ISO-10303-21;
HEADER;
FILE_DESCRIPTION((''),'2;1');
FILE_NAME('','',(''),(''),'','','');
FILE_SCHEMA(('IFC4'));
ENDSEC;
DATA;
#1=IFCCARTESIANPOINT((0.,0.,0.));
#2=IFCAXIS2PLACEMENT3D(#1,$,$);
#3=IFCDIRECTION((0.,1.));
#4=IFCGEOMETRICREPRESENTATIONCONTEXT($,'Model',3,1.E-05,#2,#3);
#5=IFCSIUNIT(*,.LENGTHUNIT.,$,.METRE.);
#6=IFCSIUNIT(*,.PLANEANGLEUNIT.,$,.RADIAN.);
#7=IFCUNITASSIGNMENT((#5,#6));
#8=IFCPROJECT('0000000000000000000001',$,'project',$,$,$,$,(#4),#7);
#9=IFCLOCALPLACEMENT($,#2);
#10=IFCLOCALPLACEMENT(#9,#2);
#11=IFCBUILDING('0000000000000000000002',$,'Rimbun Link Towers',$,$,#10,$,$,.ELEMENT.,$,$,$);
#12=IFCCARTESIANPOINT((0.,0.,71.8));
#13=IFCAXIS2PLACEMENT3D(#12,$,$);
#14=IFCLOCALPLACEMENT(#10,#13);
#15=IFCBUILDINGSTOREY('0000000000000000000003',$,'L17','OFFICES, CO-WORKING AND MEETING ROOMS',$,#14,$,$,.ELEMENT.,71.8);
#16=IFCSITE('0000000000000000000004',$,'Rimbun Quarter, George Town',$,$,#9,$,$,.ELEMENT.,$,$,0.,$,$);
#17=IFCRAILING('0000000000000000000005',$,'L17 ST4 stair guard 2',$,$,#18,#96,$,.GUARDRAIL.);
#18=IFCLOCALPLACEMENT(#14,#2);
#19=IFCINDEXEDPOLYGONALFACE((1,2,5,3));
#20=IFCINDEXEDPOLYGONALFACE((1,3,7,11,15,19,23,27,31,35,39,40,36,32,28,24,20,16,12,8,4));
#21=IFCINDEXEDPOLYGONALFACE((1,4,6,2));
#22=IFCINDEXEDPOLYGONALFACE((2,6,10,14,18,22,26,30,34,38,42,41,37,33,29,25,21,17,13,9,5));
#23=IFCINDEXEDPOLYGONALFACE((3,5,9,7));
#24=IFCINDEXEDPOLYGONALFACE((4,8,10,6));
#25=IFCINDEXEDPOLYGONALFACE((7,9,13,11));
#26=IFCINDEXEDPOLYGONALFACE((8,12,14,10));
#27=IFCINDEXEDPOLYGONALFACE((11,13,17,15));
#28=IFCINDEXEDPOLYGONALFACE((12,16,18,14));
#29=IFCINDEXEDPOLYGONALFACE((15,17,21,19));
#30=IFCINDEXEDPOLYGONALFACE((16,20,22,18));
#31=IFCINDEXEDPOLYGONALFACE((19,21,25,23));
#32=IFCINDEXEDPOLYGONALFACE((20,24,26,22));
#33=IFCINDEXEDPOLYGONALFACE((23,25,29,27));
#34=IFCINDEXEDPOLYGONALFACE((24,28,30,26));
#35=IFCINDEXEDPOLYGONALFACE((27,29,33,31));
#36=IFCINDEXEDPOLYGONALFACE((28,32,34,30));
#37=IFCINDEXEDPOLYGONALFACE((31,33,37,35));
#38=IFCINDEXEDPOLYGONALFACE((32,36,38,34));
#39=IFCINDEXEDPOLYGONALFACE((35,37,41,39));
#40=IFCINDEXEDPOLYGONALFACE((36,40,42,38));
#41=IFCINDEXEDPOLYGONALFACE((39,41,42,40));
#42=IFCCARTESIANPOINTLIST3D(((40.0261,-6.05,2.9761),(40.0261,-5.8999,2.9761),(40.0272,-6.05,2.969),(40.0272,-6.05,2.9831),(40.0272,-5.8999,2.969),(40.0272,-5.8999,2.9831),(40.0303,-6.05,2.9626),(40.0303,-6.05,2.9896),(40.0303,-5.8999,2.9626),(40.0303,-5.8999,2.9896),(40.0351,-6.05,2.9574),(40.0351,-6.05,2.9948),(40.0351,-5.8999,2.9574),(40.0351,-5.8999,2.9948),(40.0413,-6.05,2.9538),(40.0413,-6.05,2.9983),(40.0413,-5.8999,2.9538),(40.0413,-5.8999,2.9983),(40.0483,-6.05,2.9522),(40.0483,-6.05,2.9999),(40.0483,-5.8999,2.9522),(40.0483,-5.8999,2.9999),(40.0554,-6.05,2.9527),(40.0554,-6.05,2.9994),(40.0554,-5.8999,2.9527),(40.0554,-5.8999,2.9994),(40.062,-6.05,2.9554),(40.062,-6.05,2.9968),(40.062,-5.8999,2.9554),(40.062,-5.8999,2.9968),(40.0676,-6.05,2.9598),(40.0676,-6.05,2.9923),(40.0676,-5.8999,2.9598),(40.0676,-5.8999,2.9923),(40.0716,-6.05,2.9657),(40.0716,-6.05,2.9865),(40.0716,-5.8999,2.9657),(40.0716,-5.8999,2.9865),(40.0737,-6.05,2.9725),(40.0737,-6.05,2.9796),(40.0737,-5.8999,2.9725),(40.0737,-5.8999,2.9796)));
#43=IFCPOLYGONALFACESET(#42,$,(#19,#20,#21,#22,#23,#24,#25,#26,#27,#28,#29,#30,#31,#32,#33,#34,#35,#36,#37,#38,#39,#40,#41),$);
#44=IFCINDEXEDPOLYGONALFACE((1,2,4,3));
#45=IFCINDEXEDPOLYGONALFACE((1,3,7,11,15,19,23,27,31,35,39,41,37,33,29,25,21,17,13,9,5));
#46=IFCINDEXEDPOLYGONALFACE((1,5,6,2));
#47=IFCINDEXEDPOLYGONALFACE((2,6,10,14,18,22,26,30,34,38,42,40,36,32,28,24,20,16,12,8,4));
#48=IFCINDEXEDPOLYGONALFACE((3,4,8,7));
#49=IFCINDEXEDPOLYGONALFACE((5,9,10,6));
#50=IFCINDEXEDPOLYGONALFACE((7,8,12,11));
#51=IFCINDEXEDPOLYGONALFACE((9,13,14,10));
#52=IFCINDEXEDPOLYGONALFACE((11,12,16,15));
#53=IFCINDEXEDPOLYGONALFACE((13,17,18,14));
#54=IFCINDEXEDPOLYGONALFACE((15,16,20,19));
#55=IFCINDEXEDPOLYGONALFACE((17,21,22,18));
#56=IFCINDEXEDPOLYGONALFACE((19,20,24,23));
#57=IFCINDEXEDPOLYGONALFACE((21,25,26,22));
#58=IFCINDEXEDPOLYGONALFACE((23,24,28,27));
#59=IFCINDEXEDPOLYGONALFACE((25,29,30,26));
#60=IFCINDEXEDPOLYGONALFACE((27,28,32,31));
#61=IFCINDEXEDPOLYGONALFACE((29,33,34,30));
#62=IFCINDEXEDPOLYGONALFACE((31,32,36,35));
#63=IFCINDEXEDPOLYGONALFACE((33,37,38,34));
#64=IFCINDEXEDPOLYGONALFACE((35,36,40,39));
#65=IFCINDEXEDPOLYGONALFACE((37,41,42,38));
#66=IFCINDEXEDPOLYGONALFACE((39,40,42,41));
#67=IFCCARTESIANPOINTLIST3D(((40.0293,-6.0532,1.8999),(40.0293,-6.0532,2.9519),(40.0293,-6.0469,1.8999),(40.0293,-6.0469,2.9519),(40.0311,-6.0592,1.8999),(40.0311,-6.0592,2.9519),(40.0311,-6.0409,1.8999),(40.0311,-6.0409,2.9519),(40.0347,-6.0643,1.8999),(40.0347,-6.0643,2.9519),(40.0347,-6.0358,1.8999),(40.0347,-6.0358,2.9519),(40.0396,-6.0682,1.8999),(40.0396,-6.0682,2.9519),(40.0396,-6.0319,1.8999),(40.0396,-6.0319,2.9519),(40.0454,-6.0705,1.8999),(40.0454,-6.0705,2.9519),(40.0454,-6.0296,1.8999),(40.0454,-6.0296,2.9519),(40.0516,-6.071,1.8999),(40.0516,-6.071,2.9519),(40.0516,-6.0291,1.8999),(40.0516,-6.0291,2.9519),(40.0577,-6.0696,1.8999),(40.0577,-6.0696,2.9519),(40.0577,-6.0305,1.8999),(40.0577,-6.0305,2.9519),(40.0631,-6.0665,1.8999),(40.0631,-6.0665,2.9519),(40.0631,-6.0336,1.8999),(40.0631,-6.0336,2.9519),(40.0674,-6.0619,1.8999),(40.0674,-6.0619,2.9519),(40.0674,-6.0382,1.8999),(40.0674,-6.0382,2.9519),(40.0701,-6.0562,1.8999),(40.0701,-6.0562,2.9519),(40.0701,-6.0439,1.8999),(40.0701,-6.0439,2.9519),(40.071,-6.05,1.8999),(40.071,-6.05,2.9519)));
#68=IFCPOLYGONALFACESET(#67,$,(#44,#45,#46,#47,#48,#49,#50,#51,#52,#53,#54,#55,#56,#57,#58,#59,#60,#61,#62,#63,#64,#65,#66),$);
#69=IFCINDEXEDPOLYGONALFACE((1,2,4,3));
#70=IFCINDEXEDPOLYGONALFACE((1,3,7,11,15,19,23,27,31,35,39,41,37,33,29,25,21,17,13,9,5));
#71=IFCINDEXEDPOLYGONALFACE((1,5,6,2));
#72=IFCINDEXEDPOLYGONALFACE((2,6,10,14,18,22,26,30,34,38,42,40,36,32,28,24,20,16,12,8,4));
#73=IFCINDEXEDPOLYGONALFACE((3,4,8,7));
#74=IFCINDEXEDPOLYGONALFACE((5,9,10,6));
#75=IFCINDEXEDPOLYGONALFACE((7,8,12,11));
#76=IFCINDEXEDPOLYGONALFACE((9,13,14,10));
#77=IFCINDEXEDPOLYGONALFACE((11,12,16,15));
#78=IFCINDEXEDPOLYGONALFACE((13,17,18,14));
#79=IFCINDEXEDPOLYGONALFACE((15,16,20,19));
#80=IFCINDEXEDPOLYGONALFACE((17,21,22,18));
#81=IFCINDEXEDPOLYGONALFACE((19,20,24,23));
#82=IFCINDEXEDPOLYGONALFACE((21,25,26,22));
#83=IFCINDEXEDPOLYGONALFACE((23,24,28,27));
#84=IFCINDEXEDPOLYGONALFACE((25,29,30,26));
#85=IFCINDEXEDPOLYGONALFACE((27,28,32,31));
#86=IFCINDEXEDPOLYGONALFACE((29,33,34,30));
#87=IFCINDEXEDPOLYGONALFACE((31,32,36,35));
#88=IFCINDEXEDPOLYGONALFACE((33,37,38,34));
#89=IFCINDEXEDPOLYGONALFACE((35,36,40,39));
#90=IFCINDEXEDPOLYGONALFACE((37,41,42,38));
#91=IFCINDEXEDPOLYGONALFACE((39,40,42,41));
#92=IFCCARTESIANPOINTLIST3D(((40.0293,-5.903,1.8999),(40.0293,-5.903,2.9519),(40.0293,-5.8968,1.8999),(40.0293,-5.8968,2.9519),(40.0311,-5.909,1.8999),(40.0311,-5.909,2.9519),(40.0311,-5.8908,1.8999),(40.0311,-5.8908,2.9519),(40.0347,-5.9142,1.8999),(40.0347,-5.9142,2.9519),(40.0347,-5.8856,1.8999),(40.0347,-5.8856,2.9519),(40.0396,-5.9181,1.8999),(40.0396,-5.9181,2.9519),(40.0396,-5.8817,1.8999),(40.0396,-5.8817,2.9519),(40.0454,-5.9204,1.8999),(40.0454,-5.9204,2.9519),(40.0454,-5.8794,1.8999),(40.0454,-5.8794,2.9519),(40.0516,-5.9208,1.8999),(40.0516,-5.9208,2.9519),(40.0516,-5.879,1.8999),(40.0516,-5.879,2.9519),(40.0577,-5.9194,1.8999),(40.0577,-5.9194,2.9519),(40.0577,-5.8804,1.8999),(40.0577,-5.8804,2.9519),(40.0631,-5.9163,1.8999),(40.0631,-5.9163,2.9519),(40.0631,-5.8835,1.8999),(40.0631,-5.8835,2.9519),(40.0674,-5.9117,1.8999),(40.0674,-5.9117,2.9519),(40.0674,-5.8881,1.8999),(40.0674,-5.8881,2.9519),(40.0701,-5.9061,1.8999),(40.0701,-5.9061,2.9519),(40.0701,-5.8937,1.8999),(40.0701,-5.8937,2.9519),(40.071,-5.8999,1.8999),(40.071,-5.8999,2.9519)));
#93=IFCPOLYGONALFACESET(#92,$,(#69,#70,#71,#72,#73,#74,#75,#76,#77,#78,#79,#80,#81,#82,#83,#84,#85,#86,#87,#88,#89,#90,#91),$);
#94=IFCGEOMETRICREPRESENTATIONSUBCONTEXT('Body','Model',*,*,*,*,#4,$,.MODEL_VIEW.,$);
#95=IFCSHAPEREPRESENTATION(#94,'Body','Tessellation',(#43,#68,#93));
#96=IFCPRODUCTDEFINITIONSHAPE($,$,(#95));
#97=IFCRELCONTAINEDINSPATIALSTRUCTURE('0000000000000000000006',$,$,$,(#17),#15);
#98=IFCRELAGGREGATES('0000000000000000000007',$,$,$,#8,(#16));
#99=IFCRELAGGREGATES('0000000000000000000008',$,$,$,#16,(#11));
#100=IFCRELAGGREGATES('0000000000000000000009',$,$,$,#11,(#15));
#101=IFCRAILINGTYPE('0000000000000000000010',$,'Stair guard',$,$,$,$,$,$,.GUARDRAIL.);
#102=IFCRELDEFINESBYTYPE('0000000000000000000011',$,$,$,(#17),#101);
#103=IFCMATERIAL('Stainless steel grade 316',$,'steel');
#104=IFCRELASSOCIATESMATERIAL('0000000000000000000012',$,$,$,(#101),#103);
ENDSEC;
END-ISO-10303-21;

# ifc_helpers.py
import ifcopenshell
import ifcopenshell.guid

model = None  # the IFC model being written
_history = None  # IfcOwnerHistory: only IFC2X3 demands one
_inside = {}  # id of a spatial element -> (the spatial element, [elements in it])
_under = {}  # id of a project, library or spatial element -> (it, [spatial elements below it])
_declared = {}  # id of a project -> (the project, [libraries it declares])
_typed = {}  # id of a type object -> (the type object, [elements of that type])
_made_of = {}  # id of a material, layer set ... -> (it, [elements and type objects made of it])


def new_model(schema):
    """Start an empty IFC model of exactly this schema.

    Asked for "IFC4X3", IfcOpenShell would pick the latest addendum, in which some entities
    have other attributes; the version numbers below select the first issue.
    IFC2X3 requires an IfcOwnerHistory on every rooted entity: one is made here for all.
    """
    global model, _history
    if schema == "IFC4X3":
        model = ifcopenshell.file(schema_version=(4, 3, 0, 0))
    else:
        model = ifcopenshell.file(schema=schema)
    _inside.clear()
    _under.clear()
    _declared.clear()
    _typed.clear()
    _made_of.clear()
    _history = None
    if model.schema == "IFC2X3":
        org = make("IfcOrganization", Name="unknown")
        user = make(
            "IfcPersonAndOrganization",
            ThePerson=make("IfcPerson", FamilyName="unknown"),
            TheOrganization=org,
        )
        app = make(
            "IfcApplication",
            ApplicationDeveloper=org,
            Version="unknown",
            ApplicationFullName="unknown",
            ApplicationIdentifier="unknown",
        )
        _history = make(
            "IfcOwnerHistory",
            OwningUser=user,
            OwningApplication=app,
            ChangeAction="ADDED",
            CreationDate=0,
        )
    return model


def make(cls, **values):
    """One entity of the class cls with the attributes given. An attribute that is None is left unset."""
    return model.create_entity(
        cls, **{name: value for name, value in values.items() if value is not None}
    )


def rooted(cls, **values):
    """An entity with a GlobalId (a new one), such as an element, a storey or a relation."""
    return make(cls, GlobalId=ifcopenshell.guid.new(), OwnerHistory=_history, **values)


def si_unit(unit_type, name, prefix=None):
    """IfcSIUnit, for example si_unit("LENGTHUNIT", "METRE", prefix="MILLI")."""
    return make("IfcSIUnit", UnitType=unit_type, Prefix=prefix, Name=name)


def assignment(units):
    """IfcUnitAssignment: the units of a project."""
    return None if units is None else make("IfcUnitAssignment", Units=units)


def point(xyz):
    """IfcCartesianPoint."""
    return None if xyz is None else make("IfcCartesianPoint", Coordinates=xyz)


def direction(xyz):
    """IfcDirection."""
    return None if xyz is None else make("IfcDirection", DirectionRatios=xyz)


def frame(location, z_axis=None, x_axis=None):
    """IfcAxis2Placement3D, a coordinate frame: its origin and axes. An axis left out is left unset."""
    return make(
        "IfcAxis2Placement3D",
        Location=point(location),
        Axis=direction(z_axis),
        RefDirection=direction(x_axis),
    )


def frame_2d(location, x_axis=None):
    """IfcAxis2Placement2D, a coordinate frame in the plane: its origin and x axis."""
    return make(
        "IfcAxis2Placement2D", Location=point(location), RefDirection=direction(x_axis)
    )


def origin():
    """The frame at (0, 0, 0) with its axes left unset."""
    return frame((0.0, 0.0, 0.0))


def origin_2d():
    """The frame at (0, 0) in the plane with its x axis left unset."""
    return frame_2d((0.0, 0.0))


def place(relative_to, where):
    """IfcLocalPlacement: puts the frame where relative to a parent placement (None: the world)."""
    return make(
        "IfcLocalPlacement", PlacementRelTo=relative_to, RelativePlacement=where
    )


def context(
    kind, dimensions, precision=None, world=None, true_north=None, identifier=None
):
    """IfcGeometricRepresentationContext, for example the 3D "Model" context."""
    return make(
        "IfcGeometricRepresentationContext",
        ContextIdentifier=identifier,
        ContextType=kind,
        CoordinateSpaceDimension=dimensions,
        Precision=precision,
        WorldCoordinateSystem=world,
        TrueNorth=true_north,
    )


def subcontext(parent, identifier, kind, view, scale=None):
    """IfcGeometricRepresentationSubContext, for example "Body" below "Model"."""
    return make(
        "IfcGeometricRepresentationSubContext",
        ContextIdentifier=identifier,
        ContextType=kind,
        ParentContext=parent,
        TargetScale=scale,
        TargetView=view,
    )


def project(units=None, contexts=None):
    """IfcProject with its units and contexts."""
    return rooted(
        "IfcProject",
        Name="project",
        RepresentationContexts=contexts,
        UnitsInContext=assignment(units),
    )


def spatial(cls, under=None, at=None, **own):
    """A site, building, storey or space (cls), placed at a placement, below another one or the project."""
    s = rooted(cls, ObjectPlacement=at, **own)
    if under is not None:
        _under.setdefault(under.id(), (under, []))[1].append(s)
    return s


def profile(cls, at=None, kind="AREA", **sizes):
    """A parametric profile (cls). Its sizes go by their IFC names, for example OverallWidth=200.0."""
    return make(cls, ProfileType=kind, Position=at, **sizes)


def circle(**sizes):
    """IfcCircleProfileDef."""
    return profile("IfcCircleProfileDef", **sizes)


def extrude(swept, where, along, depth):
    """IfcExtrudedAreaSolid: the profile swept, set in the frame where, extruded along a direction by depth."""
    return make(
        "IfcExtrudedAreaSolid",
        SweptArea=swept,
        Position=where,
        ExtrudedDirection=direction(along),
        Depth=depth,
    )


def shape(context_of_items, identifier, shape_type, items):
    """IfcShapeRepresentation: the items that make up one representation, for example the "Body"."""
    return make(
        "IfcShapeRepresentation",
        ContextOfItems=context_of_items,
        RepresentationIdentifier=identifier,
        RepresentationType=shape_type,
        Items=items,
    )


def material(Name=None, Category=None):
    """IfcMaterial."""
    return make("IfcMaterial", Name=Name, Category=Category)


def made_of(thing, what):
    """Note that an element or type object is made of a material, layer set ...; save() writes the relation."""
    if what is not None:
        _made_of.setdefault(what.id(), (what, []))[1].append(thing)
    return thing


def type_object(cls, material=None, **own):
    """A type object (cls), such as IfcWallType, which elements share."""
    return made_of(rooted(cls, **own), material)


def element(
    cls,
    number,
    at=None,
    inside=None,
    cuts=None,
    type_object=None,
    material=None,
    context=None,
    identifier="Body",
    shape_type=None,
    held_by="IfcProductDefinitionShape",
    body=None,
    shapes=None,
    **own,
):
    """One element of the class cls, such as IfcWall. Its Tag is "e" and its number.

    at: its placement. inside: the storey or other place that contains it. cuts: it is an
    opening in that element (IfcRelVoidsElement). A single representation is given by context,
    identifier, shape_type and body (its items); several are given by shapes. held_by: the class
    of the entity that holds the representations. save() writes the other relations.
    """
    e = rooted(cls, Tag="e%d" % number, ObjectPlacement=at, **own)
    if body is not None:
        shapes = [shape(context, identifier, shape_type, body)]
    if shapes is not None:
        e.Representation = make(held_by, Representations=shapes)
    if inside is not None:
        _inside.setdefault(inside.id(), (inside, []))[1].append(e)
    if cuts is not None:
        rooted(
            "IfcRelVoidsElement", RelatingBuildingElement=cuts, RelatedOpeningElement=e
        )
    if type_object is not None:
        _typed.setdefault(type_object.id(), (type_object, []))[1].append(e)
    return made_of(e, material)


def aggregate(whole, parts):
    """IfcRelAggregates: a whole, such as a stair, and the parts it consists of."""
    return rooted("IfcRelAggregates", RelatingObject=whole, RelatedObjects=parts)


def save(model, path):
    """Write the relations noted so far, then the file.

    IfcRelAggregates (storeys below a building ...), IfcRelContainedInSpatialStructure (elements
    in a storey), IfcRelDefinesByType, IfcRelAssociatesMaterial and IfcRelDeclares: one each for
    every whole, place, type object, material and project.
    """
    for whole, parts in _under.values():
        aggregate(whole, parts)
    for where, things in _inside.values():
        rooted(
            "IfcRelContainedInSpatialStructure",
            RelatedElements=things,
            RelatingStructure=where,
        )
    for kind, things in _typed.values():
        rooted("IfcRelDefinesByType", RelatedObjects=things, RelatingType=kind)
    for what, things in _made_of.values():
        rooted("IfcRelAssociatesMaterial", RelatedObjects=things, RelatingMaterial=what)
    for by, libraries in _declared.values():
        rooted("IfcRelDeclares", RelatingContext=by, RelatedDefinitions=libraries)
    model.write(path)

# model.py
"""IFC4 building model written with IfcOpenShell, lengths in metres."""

from ifc_helpers import new_model, si_unit, direction, frame, origin, origin_2d, place, context, subcontext, project, spatial, circle, extrude, material, type_object, element, save


model = new_model("IFC4")

# Units and contexts
model_context = context("Model", 3, precision=1e-05, world=origin(), true_north=direction((0.0, 1.0)))
body_context = subcontext(model_context, "Body", "Model", "MODEL_VIEW")
ifc_project = project(units=[si_unit("LENGTHUNIT", "METRE"), si_unit("PLANEANGLEUNIT", "RADIAN")], contexts=[model_context])

# Site, building, storey
site_placement = place(None, origin())
site = spatial("IfcSite", under=ifc_project, at=site_placement, Name="Rimbun Quarter, George Town", CompositionType="ELEMENT", RefElevation=0.0)
building_placement = place(site_placement, origin())
building = spatial("IfcBuilding", under=site, at=building_placement, Name="Rimbun Link Towers", CompositionType="ELEMENT")
storey_placement = place(building_placement, frame((0.0, 0.0, 71.8)))
storey = spatial("IfcBuildingStorey", under=building, at=storey_placement, Name="L17", Description="OFFICES, CO-WORKING AND MEETING ROOMS", CompositionType="ELEMENT", Elevation=71.8)

# Railing
ifc_material_1 = material(Name="Stainless steel grade 316", Category="steel")
railing_type_1 = type_object("IfcRailingType", Name="Stair guard", PredefinedType="GUARDRAIL", material=ifc_material_1)
railing_1_placement = place(storey_placement, frame((40.05, -6.05, 1.8999)))
element("IfcRailing", 1, at=railing_1_placement, inside=storey, type_object=railing_type_1, Name="L17 ST4 stair guard 2", PredefinedType="GUARDRAIL", context=body_context, shape_type="SweptSolid", body=[
    extrude(circle(Radius=0.0239, at=origin_2d()), frame((0.0, 0.0, 1.0762), z_axis=(0.0, 1.0, 0.0), x_axis=(-1.0, 0.0, 0.0)), (0.0, 0.0, 1.0), 0.1501),
    extrude(circle(Radius=0.021, at=origin_2d()), origin(), (0.0, 0.0, 1.0), 1.052),
    extrude(circle(Radius=0.021, at=origin_2d()), frame((0.0, 0.1501, 0.0)), (0.0, 0.0, 1.0), 1.052),
])

save(model, "model.ifc")
